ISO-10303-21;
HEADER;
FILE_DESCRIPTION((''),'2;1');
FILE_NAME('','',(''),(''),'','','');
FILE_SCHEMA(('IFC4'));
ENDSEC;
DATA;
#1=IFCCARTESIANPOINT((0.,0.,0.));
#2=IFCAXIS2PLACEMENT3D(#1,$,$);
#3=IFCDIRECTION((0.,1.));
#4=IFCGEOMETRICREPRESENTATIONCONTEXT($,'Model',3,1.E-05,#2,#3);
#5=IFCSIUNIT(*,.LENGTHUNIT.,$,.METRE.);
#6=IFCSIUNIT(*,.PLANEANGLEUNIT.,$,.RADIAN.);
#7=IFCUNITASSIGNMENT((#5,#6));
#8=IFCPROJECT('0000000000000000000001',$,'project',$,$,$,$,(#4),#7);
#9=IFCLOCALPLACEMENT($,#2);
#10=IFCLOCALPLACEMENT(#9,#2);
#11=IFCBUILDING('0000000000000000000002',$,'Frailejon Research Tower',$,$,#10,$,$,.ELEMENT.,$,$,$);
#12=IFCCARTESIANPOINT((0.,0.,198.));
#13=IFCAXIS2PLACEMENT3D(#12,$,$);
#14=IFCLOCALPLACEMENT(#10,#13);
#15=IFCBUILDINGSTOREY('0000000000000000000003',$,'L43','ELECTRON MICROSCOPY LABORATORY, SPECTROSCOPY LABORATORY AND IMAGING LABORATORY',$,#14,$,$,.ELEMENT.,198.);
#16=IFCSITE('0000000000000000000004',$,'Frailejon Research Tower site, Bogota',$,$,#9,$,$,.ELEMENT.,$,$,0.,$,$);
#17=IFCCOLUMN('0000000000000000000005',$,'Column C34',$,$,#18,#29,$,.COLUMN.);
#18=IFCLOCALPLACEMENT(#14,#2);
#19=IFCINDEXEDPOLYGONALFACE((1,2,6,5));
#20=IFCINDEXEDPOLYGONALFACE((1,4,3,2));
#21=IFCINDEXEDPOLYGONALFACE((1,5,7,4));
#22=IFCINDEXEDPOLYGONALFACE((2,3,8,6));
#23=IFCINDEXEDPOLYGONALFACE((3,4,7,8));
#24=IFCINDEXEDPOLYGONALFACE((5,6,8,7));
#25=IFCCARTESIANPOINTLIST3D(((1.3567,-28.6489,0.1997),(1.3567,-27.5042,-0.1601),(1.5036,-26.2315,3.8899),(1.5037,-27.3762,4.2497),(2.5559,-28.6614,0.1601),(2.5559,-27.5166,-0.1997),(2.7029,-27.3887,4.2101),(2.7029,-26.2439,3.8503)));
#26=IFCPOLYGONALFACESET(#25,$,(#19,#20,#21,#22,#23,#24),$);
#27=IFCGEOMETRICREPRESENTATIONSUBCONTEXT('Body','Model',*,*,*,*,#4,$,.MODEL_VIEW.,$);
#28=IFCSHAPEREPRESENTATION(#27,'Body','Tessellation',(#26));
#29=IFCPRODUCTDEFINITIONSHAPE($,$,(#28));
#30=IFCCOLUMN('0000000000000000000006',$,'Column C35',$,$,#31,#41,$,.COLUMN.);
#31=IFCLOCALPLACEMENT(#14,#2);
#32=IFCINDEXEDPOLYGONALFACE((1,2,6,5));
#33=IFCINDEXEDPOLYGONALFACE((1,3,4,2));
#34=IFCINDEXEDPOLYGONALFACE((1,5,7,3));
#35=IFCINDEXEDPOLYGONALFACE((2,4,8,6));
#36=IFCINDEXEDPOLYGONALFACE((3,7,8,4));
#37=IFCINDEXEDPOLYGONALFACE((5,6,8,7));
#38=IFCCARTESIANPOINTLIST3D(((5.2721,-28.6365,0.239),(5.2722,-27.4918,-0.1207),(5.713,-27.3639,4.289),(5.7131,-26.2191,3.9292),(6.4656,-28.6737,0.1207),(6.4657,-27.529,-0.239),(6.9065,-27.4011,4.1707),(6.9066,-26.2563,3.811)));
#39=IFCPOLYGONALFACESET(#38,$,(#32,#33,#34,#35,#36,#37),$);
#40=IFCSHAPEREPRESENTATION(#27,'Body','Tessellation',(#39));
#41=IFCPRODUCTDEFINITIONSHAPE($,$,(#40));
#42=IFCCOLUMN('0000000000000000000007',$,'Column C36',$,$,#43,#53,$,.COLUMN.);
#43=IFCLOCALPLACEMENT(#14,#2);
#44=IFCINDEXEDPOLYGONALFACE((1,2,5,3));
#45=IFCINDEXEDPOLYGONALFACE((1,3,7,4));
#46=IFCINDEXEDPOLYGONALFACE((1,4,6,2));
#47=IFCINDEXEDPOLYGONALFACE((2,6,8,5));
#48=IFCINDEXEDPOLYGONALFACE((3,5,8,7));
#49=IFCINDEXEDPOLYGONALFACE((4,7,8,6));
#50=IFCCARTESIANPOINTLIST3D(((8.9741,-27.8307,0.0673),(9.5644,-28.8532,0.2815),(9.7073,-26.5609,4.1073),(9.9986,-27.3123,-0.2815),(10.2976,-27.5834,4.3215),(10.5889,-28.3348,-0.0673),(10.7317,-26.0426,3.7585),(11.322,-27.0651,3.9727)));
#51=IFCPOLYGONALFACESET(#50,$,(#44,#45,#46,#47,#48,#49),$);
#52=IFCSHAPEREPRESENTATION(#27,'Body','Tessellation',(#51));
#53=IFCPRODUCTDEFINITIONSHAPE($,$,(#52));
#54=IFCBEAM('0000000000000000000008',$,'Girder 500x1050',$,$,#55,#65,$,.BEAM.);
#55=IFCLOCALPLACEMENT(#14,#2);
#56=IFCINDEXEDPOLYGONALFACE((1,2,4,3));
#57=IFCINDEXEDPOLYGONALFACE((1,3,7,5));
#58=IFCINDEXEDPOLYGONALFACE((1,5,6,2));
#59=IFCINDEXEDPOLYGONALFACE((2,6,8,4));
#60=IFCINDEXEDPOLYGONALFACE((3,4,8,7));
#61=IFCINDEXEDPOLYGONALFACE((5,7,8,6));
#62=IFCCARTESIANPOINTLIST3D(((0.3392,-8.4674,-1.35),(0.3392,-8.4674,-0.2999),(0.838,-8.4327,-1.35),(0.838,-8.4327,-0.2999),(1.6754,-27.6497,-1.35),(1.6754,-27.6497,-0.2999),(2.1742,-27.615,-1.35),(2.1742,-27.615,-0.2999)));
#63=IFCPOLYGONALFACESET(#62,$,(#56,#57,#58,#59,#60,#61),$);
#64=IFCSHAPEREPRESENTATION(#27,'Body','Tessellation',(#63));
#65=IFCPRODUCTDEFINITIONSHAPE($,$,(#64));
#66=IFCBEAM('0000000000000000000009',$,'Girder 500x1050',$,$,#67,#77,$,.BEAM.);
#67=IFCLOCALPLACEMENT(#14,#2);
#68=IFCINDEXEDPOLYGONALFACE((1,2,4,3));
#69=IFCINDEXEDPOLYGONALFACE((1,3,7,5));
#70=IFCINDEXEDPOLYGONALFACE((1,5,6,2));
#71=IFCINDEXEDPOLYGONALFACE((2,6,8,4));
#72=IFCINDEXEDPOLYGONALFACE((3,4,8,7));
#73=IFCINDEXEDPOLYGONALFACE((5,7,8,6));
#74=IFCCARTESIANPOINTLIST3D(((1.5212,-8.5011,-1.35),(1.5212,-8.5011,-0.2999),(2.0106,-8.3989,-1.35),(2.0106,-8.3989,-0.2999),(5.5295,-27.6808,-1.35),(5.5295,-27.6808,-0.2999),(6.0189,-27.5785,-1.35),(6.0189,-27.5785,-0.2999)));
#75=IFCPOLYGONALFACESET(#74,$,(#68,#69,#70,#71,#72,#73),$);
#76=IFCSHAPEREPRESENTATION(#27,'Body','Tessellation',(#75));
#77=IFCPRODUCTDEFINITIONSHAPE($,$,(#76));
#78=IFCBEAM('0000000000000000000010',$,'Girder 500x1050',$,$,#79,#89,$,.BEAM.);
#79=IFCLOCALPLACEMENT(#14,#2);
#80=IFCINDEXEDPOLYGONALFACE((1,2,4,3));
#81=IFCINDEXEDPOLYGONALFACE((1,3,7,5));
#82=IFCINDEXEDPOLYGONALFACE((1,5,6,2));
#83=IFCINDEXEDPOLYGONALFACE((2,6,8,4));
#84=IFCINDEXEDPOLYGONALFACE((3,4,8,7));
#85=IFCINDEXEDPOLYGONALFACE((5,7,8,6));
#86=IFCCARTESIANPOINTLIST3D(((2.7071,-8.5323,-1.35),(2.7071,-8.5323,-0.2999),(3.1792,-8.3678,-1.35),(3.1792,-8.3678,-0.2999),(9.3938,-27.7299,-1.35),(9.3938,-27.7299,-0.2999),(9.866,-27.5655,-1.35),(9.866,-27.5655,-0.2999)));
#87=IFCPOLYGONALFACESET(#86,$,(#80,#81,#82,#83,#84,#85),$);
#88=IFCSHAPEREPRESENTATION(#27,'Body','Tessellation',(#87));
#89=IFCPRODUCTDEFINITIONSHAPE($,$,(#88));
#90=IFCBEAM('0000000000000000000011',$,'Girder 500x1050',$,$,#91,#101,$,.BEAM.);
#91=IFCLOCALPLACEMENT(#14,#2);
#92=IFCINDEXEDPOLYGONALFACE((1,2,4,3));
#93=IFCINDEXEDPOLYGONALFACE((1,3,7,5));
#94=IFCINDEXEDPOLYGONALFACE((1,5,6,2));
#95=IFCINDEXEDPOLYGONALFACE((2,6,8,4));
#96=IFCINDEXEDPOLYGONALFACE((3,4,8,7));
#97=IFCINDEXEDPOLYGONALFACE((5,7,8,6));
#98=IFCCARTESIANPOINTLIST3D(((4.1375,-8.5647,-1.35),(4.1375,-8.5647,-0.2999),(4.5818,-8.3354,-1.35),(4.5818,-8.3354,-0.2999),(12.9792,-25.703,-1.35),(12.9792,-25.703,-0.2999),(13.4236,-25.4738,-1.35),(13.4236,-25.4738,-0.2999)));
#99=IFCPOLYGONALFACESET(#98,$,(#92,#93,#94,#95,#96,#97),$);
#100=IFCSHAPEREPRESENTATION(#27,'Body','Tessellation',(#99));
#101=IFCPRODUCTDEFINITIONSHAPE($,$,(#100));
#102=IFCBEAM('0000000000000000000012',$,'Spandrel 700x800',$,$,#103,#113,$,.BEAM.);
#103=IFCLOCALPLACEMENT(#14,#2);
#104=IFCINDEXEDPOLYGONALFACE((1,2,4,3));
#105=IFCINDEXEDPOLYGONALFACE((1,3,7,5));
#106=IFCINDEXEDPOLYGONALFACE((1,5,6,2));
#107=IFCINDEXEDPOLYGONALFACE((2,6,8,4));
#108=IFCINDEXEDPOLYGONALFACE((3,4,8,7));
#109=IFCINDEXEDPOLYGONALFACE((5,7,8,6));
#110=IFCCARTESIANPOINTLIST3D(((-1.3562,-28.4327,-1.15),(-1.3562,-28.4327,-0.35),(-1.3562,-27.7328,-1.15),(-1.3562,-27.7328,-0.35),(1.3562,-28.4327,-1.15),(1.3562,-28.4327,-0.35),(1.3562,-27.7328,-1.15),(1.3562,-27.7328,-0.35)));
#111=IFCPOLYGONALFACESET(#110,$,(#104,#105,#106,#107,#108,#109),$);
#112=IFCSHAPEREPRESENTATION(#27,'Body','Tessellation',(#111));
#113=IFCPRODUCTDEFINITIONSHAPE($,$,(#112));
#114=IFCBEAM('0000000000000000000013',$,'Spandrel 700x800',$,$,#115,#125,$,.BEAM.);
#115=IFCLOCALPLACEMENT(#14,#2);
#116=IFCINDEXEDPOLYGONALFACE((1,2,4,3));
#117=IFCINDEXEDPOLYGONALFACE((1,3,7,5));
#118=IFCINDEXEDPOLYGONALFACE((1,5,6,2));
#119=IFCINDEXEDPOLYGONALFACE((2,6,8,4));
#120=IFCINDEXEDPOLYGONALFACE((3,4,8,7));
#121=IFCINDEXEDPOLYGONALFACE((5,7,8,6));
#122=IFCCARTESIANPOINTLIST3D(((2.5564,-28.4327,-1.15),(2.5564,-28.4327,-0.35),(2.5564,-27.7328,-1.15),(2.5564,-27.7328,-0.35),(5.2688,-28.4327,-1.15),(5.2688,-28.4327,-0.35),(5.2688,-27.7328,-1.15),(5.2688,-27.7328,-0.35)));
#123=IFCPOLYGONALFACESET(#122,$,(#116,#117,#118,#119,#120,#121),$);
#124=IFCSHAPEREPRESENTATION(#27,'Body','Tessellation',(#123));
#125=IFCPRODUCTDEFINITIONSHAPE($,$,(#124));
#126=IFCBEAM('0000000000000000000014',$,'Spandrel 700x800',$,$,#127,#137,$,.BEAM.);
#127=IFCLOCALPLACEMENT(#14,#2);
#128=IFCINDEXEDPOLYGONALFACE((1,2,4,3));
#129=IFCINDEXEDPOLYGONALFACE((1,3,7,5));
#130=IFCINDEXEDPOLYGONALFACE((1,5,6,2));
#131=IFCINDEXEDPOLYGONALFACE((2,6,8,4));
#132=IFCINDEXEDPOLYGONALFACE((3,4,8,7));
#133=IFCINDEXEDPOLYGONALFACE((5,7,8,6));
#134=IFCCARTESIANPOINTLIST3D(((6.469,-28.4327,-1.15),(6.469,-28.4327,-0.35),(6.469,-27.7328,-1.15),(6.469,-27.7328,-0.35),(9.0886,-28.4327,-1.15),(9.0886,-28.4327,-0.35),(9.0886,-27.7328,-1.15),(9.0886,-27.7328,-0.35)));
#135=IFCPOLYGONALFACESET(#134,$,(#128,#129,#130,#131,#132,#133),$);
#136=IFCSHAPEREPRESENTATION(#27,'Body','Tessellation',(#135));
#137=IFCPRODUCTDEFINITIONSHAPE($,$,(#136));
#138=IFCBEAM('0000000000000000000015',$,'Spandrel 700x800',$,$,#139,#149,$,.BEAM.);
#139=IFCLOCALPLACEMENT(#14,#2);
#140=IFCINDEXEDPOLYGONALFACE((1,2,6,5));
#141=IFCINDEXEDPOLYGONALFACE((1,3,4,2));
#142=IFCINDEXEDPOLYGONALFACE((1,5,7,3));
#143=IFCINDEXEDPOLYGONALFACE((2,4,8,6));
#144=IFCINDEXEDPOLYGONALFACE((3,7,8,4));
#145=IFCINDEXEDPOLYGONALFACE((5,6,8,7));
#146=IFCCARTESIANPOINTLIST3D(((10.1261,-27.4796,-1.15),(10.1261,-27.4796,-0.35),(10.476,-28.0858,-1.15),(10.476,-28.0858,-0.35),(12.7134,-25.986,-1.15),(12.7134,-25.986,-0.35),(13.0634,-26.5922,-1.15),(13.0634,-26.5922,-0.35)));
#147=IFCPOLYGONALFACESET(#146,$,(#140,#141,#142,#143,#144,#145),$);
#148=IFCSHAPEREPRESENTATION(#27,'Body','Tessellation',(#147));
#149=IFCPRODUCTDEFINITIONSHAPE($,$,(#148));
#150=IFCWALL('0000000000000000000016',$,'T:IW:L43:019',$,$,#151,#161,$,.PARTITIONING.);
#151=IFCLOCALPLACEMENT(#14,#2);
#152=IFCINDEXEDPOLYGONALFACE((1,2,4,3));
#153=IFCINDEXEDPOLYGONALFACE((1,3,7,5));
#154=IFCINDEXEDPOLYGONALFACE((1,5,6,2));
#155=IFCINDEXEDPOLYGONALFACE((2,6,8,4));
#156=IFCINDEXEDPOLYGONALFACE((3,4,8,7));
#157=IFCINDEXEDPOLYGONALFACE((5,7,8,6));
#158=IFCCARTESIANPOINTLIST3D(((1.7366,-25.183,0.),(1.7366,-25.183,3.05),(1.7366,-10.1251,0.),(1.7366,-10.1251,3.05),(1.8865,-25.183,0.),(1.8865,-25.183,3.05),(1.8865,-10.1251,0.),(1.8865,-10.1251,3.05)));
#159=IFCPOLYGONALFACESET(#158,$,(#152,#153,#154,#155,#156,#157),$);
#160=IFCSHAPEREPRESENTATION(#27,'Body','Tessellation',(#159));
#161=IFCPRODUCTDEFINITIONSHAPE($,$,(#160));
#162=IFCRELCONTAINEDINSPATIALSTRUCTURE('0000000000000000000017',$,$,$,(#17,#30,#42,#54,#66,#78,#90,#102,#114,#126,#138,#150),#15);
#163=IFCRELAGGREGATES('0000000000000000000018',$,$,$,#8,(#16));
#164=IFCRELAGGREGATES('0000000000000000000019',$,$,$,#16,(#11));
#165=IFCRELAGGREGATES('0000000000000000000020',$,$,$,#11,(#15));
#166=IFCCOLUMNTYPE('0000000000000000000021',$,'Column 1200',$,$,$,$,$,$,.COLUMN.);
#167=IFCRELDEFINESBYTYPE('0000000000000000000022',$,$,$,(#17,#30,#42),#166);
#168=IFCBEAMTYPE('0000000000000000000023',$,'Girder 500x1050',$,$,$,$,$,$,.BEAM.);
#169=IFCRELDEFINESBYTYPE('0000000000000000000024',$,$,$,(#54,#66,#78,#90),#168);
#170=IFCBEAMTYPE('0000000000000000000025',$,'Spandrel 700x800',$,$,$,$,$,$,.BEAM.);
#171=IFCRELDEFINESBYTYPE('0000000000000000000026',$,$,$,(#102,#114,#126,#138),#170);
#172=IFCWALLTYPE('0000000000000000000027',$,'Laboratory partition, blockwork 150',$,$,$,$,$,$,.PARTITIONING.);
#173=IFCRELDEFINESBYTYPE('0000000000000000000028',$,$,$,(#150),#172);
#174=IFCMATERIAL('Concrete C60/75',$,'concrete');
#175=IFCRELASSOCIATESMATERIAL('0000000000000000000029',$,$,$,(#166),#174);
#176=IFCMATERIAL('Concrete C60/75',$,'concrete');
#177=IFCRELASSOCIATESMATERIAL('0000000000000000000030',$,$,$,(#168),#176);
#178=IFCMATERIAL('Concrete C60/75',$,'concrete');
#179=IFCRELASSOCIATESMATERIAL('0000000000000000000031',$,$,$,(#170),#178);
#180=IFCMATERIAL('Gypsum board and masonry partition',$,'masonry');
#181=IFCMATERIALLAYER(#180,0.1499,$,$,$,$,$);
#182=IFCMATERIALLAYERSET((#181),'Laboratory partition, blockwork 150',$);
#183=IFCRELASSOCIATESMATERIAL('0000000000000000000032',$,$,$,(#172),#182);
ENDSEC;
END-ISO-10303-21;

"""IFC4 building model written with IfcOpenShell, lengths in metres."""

from ifc_helpers import new_model, si_unit, direction, frame, frame_2d, origin, origin_2d, place, context, subcontext, project, spatial, rectangle, extrude, material, layer, layer_set, material_profile, profile_set, type_object, element, save


model = new_model("IFC4")

# Units and contexts
model_context = context("Model", 3, precision=1e-05, world=origin(), true_north=direction((0.0, 1.0)))
body_context = subcontext(model_context, "Body", "Model", "MODEL_VIEW")
ifc_project = project(units=[si_unit("LENGTHUNIT", "METRE"), si_unit("PLANEANGLEUNIT", "RADIAN")], contexts=[model_context])

# Site, building, storey
site_placement = place(None, origin())
site = spatial("IfcSite", under=ifc_project, at=site_placement, Name="Frailejon Research Tower site, Bogota", CompositionType="ELEMENT", RefElevation=0.0)
building_placement = place(site_placement, origin())
building = spatial("IfcBuilding", under=site, at=building_placement, Name="Frailejon Research Tower", CompositionType="ELEMENT")
storey_placement = place(building_placement, frame((0.0, 0.0, 198.0)))
storey = spatial("IfcBuildingStorey", under=building, at=storey_placement, Name="L43", Description="ELECTRON MICROSCOPY LABORATORY, SPECTROSCOPY LABORATORY AND IMAGING LABORATORY", CompositionType="ELEMENT", Elevation=198.0)

# Columns
ifc_material_1 = material(Name="Concrete C60/75", Category="concrete")
ifc_material_profile_1 = material_profile(ifc_material_1, rectangle(XDim=1.2, YDim=1.2, at=origin_2d()), Name="Column 1200")
ifc_profile_set_1 = profile_set([ifc_material_profile_1], Name="Concrete C60/75")
column_type = type_object("IfcColumnType", Name="Column 1200", PredefinedType="COLUMN", material=ifc_profile_set_1)
column_1_placement = place(storey_placement, frame((1.9563, -28.0828, 0.0), z_axis=(0.034599, 0.299611, 0.953434), x_axis=(0.999401, -0.010365, -0.03301)))
element("IfcColumn", 1, at=column_1_placement, inside=storey, type_object=column_type, Name="Column C34", PredefinedType="COLUMN", context=body_context, shape_type="SweptSolid", body=[
    extrude(rectangle(XDim=1.2, YDim=1.2, at=origin_2d()), origin(), (0.0, 0.0, 1.0), 4.2478),
])
column_2_placement = place(storey_placement, frame((5.8689, -28.0828, 0.0), z_axis=(0.103304, 0.298187, 0.948901), x_axis=(0.99465, -0.031006, -0.098541)))
element("IfcColumn", 2, at=column_2_placement, inside=storey, type_object=column_type, Name="Column C35", PredefinedType="COLUMN", context=body_context, shape_type="SweptSolid", body=[
    extrude(rectangle(XDim=1.2, YDim=1.2, at=origin_2d()), origin(), (0.0, 0.0, 1.0), 4.2681),
])
column_3_placement = place(storey_placement, frame((9.7815, -28.0828, 0.0), z_axis=(0.170585, 0.295442, 0.940008), x_axis=(0.85374, 0.431994, -0.290705)))
element("IfcColumn", 3, at=column_3_placement, inside=storey, type_object=column_type, Name="Column C36", PredefinedType="COLUMN", context=body_context, shape_type="SweptSolid", body=[
    extrude(rectangle(XDim=1.2, YDim=1.2, at=origin_2d()), origin(), (0.0, 0.0, 1.0), 4.2979),
])

# Beams
ifc_material_2 = material(Name="Concrete C60/75", Category="concrete")
ifc_material_profile_2 = material_profile(ifc_material_2, rectangle(XDim=0.5, YDim=1.05, at=origin_2d()), Name="Girder 500x1050")
ifc_profile_set_2 = profile_set([ifc_material_profile_2], Name="Concrete C60/75")
beam_type_1 = type_object("IfcBeamType", Name="Girder 500x1050", PredefinedType="BEAM", material=ifc_profile_set_2)
beam_1_placement = place(storey_placement, frame((1.9248, -27.6323, -0.825), z_axis=(-0.069488, 0.997583, 0.0), x_axis=(-0.997583, -0.069488, 0.0)))
element("IfcBeam", 4, at=beam_1_placement, inside=storey, type_object=beam_type_1, Name="Girder 500x1050", PredefinedType="BEAM", context=body_context, shape_type="SweptSolid", body=[
    extrude(rectangle(XDim=0.5, YDim=1.05, at=origin_2d()), origin(), (0.0, 0.0, 1.0), 19.2288),
])
beam_2_placement = place(storey_placement, frame((5.7742, -27.6296, -0.825), z_axis=(-0.204567, 0.978853, 0.0), x_axis=(-0.978853, -0.204567, 0.0)))
element("IfcBeam", 5, at=beam_2_placement, inside=storey, type_object=beam_type_1, Name="Girder 500x1050", PredefinedType="BEAM", context=body_context, shape_type="SweptSolid", body=[
    extrude(rectangle(XDim=0.5, YDim=1.05, at=origin_2d()), origin(), (0.0, 0.0, 1.0), 19.594),
])
beam_3_placement = place(storey_placement, frame((9.6299, -27.6477, -0.825), z_axis=(-0.328928, 0.944355, 0.0), x_axis=(-0.944355, -0.328928, 0.0)))
element("IfcBeam", 6, at=beam_3_placement, inside=storey, type_object=beam_type_1, Name="Girder 500x1050", PredefinedType="BEAM", context=body_context, shape_type="SweptSolid", body=[
    extrude(rectangle(XDim=0.5, YDim=1.05, at=origin_2d()), origin(), (0.0, 0.0, 1.0), 20.3289),
])
beam_4_placement = place(storey_placement, frame((13.2014, -25.5884, -0.825), z_axis=(-0.458486, 0.888702, 0.0), x_axis=(-0.888702, -0.458486, 0.0)))
element("IfcBeam", 7, at=beam_4_placement, inside=storey, type_object=beam_type_1, Name="Girder 500x1050", PredefinedType="BEAM", context=body_context, shape_type="SweptSolid", body=[
    extrude(rectangle(XDim=0.5, YDim=1.05, at=origin_2d()), origin(), (0.0, 0.0, 1.0), 19.2847),
])
ifc_material_3 = material(Name="Concrete C60/75", Category="concrete")
ifc_material_profile_3 = material_profile(ifc_material_3, rectangle(XDim=0.7, YDim=0.8, at=origin_2d()), Name="Spandrel 700x800")
ifc_profile_set_3 = profile_set([ifc_material_profile_3], Name="Concrete C60/75")
beam_type_2 = type_object("IfcBeamType", Name="Spandrel 700x800", PredefinedType="BEAM", material=ifc_profile_set_3)
for number, where, z_axis, x_axis, name in (
    (8, (-1.3562, -28.0828, -0.75), (1.0, 0.0, 0.0), (0.0, 1.0, 0.0), "Spandrel 700x800"),
    (9, (2.5564, -28.0828, -0.75), (1.0, 0.0, 0.0), (0.0, 1.0, 0.0), "Spandrel 700x800"),
):
    element("IfcBeam", number, at=place(storey_placement, frame(where, z_axis=z_axis, x_axis=x_axis)), inside=storey, type_object=beam_type_2, Name=name, PredefinedType="BEAM", context=body_context, shape_type="SweptSolid", body=[
        extrude(rectangle(XDim=0.7, YDim=0.8, at=origin_2d()), origin(), (0.0, 0.0, 1.0), 2.7124),
    ])
beam_5_placement = place(storey_placement, frame((6.469, -28.0828, -0.75), z_axis=(1.0, 0.0, 0.0), x_axis=(0.0, 1.0, 0.0)))
element("IfcBeam", 10, at=beam_5_placement, inside=storey, type_object=beam_type_2, Name="Spandrel 700x800", PredefinedType="BEAM", context=body_context, shape_type="SweptSolid", body=[
    extrude(rectangle(XDim=0.7, YDim=0.8, at=origin_2d()), origin(), (0.0, 0.0, 1.0), 2.6196),
])
beam_6_placement = place(storey_placement, frame((10.301, -27.7827, -0.75), z_axis=(0.866052, 0.499954, 0.0), x_axis=(-0.499954, 0.866052, 0.0)))
element("IfcBeam", 11, at=beam_6_placement, inside=storey, type_object=beam_type_2, Name="Spandrel 700x800", PredefinedType="BEAM", context=body_context, shape_type="SweptSolid", body=[
    extrude(rectangle(XDim=0.7, YDim=0.8, at=origin_2d()), origin(), (0.0, 0.0, 1.0), 2.9875),
])

# Wall
ifc_material_4 = material(Name="Gypsum board and masonry partition", Category="masonry")
ifc_layer_1 = layer(ifc_material_4, 0.1499)
ifc_layer_set_1 = layer_set([ifc_layer_1], Name="Laboratory partition, blockwork 150")
wall_type_1 = type_object("IfcWallType", Name="Laboratory partition, blockwork 150", PredefinedType="PARTITIONING", material=ifc_layer_set_1)
wall_1_placement = place(storey_placement, frame((1.8115, -25.1829, 0.0), z_axis=(0.0, 0.0, 1.0), x_axis=(0.0, 1.0, 0.0)))
element("IfcWall", 12, at=wall_1_placement, inside=storey, type_object=wall_type_1, Name="T:IW:L43:019", PredefinedType="PARTITIONING", context=body_context, shape_type="SweptSolid", body=[
    extrude(rectangle(XDim=15.0579, YDim=0.1499, at=frame_2d((7.5288, 0.0))), origin(), (0.0, 0.0, 1.0), 3.05),
])

save(model, "model.ifc")
